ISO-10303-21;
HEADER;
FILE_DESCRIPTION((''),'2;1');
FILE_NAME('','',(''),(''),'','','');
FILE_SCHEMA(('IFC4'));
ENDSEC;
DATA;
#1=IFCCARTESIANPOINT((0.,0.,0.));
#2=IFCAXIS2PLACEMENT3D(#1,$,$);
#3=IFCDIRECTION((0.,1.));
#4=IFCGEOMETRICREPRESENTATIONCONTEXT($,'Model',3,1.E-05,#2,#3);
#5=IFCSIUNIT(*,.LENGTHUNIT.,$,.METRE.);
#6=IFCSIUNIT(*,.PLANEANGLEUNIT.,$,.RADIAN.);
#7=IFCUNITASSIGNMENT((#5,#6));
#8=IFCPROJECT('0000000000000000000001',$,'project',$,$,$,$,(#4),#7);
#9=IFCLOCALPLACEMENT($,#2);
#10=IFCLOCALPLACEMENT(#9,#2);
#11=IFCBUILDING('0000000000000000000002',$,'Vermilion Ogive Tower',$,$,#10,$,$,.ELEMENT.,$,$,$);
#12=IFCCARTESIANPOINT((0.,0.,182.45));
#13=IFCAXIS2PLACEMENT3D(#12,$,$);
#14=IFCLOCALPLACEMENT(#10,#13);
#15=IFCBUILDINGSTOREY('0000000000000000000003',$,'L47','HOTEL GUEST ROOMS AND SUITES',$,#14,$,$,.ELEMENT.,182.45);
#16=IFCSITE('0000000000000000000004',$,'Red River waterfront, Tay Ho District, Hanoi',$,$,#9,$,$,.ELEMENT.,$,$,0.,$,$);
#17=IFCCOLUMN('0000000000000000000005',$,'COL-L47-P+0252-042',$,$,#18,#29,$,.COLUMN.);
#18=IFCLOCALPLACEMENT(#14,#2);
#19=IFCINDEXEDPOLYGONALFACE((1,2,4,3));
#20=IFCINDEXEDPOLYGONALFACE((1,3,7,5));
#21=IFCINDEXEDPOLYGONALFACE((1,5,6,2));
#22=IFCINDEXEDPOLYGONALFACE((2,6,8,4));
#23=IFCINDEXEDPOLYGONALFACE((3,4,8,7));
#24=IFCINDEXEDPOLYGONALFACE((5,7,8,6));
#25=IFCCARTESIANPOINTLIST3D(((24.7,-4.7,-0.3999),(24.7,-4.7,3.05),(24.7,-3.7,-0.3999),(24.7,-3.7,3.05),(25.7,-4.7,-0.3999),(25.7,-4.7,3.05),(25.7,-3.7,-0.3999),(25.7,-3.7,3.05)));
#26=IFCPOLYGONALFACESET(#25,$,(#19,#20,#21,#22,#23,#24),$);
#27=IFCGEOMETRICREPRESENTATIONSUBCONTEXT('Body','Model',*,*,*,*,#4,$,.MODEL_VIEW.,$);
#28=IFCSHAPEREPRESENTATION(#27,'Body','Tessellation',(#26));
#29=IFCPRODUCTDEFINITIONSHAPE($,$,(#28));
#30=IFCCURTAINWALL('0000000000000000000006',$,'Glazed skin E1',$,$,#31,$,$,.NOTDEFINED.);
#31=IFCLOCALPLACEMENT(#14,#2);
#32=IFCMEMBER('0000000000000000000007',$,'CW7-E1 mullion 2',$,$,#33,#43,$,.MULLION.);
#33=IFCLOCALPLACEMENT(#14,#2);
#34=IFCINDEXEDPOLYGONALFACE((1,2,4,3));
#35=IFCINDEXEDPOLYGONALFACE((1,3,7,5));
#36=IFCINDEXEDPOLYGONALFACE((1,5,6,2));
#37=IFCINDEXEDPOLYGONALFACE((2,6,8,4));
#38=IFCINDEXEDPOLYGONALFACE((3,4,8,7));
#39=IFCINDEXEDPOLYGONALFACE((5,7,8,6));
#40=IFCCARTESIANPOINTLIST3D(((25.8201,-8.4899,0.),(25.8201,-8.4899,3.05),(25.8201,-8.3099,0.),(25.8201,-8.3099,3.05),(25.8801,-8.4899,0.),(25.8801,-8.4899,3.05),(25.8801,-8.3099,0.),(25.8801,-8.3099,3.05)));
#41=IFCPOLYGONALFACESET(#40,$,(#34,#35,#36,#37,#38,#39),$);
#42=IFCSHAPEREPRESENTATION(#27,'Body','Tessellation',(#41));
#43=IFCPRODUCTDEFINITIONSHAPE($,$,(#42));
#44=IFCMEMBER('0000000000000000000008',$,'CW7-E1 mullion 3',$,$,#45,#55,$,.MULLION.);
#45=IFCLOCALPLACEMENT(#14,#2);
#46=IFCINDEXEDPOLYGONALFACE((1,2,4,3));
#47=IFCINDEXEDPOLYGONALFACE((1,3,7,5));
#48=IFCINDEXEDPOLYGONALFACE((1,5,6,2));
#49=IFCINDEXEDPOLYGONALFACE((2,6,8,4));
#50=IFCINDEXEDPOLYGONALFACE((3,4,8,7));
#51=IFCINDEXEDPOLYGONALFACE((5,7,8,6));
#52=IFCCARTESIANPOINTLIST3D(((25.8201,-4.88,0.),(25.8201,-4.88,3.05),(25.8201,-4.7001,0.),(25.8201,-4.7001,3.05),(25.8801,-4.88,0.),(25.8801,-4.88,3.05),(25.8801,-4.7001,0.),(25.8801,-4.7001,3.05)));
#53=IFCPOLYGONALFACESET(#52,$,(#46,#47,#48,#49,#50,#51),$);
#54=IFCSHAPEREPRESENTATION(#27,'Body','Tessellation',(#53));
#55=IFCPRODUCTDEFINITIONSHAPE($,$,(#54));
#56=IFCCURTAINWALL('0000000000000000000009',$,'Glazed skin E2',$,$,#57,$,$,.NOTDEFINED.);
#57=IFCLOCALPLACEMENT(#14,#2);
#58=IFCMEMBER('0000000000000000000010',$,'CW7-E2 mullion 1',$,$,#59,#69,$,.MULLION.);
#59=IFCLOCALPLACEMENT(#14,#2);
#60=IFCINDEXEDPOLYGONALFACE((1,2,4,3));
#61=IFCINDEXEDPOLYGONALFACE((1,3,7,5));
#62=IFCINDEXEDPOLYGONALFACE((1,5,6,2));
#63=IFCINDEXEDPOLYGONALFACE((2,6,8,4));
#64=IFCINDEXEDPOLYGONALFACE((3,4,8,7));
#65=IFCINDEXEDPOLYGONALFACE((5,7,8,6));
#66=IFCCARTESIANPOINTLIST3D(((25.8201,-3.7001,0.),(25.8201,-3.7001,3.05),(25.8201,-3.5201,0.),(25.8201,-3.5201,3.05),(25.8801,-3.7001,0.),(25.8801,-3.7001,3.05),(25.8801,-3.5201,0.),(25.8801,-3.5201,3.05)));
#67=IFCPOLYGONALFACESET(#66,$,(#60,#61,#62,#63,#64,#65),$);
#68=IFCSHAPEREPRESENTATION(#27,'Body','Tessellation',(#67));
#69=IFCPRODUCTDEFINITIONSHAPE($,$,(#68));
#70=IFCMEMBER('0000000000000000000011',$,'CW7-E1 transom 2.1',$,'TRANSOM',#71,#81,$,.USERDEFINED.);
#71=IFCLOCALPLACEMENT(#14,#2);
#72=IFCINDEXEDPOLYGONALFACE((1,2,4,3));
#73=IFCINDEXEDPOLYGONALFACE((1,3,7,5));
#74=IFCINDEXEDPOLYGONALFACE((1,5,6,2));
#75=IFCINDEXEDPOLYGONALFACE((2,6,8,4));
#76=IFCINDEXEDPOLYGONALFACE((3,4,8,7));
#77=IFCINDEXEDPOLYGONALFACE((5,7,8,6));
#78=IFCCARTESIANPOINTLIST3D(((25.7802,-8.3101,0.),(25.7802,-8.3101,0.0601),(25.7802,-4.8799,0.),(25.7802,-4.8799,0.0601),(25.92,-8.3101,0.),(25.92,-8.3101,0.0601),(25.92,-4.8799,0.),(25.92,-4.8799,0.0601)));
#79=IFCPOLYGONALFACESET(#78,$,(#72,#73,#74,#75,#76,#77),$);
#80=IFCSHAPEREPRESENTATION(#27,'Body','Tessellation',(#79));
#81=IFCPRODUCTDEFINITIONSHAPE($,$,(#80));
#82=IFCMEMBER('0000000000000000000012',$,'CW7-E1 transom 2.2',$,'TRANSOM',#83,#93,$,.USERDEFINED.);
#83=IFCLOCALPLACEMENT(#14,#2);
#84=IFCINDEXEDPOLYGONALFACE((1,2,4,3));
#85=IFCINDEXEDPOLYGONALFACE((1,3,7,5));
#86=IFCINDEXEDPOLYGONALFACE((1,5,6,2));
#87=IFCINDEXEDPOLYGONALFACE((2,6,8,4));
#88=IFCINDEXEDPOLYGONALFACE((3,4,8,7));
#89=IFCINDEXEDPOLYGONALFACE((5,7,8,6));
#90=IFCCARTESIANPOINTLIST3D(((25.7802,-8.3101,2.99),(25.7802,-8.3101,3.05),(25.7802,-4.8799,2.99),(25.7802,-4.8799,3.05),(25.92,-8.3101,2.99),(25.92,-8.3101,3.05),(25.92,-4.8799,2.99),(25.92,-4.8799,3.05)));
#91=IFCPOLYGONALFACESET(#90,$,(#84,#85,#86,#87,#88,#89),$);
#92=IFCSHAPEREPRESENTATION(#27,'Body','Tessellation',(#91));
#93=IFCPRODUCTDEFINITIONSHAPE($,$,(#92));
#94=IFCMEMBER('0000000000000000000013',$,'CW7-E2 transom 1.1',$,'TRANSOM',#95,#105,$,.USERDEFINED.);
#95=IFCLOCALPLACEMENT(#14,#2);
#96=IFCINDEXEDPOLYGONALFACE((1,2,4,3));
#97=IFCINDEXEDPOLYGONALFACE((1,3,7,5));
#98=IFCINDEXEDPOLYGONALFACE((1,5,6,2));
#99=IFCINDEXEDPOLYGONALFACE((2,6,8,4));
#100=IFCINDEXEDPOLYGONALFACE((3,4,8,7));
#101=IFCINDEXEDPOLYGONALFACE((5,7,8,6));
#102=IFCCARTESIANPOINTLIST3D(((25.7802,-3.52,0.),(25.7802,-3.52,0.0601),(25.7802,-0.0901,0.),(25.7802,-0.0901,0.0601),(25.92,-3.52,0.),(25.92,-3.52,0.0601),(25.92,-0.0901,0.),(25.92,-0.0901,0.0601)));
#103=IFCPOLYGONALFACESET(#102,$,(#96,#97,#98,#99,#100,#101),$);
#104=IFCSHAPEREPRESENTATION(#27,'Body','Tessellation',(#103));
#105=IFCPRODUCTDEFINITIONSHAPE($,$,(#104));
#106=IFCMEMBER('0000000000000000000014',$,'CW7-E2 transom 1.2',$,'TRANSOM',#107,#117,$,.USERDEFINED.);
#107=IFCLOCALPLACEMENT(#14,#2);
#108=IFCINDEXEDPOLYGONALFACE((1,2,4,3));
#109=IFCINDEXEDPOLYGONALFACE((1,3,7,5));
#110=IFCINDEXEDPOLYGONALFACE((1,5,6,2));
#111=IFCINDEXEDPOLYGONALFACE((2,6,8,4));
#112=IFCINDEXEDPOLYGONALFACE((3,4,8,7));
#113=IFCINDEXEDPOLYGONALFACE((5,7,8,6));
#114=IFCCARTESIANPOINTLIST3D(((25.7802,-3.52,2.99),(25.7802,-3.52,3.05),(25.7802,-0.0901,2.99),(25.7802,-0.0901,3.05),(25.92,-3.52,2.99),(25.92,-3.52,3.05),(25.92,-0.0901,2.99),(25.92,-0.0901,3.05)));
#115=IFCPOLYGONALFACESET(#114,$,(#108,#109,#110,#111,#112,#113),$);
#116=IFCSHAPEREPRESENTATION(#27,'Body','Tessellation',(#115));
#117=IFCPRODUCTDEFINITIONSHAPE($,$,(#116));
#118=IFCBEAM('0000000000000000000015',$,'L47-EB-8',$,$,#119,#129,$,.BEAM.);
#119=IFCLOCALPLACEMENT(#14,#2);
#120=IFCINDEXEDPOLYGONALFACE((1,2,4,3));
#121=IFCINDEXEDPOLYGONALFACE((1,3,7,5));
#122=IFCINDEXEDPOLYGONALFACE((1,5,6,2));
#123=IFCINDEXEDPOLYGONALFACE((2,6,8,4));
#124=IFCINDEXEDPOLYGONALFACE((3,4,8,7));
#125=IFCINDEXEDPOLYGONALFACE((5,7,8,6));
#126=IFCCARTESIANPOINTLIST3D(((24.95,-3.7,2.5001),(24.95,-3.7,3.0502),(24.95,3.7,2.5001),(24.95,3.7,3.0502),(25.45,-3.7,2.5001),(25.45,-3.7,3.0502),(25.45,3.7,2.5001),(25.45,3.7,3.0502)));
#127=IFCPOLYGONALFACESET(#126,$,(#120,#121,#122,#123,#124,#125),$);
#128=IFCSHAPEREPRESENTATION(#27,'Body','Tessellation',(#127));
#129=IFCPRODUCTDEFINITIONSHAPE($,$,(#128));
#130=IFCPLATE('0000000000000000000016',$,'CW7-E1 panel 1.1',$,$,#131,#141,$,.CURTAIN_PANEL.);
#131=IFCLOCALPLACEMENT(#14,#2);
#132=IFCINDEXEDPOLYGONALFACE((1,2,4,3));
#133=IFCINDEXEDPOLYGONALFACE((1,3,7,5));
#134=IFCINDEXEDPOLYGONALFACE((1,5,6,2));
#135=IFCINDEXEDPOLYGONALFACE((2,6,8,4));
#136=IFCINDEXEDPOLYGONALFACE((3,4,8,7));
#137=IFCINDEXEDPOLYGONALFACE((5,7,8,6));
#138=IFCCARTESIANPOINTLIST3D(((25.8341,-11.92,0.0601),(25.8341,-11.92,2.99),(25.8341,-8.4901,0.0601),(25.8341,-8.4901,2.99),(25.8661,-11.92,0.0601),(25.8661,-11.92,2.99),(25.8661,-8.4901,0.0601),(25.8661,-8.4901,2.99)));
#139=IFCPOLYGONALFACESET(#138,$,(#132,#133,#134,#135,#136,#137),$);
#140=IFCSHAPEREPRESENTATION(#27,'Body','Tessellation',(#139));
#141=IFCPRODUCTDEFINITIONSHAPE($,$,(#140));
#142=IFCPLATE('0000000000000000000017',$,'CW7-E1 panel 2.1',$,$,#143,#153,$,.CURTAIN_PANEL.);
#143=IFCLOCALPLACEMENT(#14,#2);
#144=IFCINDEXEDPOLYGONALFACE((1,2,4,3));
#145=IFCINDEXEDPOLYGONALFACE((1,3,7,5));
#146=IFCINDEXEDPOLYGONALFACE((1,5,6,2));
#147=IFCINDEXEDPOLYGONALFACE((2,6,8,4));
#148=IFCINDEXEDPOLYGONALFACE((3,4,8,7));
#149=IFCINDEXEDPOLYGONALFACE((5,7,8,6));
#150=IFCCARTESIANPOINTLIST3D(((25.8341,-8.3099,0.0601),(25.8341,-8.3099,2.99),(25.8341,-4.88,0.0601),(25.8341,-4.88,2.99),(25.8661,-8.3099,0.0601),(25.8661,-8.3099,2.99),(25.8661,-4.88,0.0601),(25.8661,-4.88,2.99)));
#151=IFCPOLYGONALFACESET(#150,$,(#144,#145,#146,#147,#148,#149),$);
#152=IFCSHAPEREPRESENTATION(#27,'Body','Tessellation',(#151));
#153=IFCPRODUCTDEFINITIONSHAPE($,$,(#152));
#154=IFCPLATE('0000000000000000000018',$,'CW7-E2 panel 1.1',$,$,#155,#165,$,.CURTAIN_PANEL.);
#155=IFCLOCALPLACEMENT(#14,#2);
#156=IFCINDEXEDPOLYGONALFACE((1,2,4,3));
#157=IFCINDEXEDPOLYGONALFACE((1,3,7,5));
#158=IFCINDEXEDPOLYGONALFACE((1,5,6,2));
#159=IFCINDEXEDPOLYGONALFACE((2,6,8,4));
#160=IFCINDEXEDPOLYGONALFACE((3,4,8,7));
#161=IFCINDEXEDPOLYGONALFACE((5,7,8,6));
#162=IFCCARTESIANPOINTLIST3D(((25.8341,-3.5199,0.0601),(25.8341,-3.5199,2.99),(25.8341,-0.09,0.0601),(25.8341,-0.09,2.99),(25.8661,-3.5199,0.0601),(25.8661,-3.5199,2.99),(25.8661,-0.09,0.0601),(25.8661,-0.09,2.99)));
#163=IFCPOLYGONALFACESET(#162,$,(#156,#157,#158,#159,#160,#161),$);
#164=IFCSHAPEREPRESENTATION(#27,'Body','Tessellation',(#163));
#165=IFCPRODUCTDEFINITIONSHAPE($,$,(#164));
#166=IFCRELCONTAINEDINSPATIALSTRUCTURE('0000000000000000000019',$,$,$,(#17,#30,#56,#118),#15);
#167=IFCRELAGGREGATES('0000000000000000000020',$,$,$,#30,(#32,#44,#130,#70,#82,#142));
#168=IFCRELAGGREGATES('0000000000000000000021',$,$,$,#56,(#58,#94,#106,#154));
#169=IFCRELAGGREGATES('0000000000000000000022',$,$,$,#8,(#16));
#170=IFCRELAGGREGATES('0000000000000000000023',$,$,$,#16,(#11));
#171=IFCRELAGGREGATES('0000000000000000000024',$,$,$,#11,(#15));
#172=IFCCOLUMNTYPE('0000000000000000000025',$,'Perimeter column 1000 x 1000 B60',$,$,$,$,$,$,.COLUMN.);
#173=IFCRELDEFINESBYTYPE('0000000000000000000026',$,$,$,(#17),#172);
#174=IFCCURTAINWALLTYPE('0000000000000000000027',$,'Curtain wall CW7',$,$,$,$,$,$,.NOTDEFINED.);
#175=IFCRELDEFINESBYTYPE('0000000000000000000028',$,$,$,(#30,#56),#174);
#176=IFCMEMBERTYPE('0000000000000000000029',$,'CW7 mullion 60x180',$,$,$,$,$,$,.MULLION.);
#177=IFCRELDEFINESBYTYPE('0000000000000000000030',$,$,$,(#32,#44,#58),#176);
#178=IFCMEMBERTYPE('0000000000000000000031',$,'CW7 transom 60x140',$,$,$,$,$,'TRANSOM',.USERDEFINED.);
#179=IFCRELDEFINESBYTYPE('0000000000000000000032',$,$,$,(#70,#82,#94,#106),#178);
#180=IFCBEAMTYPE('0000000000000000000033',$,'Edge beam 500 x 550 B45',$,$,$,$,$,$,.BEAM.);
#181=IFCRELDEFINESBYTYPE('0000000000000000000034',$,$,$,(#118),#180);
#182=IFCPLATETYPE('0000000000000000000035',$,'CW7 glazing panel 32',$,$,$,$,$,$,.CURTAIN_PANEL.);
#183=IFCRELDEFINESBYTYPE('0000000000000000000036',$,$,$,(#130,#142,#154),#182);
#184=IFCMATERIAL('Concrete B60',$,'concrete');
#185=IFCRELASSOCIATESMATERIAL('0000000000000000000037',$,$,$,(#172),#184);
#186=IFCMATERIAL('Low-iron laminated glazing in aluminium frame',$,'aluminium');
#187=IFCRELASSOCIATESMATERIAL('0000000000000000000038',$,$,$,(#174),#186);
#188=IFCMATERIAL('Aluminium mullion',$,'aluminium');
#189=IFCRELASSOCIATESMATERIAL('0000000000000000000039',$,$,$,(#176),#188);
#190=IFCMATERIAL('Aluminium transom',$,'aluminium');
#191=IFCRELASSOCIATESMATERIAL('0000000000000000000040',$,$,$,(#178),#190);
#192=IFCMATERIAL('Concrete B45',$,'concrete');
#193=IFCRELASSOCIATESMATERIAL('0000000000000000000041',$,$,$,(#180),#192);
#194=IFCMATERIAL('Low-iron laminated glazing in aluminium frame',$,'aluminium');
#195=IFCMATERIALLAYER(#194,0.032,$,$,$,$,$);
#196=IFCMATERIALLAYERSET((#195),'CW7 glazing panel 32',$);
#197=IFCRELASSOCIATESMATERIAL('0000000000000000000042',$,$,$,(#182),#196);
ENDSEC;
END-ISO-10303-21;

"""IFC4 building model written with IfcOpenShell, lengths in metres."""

from ifc_helpers import new_model, si_unit, direction, frame, origin, origin_2d, place, context, subcontext, project, spatial, rectangle, extrude, material, layer, layer_set, material_profile, profile_set, type_object, element, aggregate, save


model = new_model("IFC4")

# Units and contexts
model_context = context("Model", 3, precision=1e-05, world=origin(), true_north=direction((0.0, 1.0)))
body_context = subcontext(model_context, "Body", "Model", "MODEL_VIEW")
ifc_project = project(units=[si_unit("LENGTHUNIT", "METRE"), si_unit("PLANEANGLEUNIT", "RADIAN")], contexts=[model_context])

# Site, building, storey
site_placement = place(None, origin())
site = spatial("IfcSite", under=ifc_project, at=site_placement, Name="Red River waterfront, Tay Ho District, Hanoi", CompositionType="ELEMENT", RefElevation=0.0)
building_placement = place(site_placement, origin())
building = spatial("IfcBuilding", under=site, at=building_placement, Name="Vermilion Ogive Tower", CompositionType="ELEMENT")
storey_placement = place(building_placement, frame((0.0, 0.0, 182.45)))
storey = spatial("IfcBuildingStorey", under=building, at=storey_placement, Name="L47", Description="HOTEL GUEST ROOMS AND SUITES", CompositionType="ELEMENT", Elevation=182.45)

# Column
ifc_material_1 = material(Name="Concrete B60", Category="concrete")
ifc_material_profile_1 = material_profile(ifc_material_1, rectangle(XDim=1.0, YDim=1.0, at=origin_2d()), Name="1000 x 1000")
ifc_profile_set_1 = profile_set([ifc_material_profile_1], Name="Concrete B60")
column_type = type_object("IfcColumnType", Name="Perimeter column 1000 x 1000 B60", PredefinedType="COLUMN", material=ifc_profile_set_1)
column_placement = place(storey_placement, frame((25.2, -4.2, -0.3999), z_axis=(0.0, 0.0, 1.0), x_axis=(1.0, 0.0, 0.0)))
element("IfcColumn", 1, at=column_placement, inside=storey, type_object=column_type, Name="COL-L47-P+0252-042", PredefinedType="COLUMN", context=body_context, shape_type="SweptSolid", body=[
    extrude(rectangle(XDim=1.0, YDim=1.0, at=origin_2d()), origin(), (0.0, 0.0, 1.0), 3.45),
])

# Curtain wall, members
ifc_material_2 = material(Name="Low-iron laminated glazing in aluminium frame", Category="aluminium")
curtain_wall_type = type_object("IfcCurtainWallType", Name="Curtain wall CW7", PredefinedType="NOTDEFINED", material=ifc_material_2)
curtain_wall_1_placement = place(storey_placement, origin())
curtain_wall_1 = element("IfcCurtainWall", 2, at=curtain_wall_1_placement, inside=storey, type_object=curtain_wall_type, Name="Glazed skin E1", PredefinedType="NOTDEFINED")
ifc_material_3 = material(Name="Aluminium mullion", Category="aluminium")
ifc_material_profile_2 = material_profile(ifc_material_3, rectangle(XDim=0.0601, YDim=0.1799, at=origin_2d()), Name="AL 60x180")
ifc_profile_set_2 = profile_set([ifc_material_profile_2], Name="Aluminium mullion")
member_type_1 = type_object("IfcMemberType", Name="CW7 mullion 60x180", PredefinedType="MULLION", material=ifc_profile_set_2)
member_1_placement = place(storey_placement, frame((25.8501, -8.3999, 0.0), z_axis=(0.0, 0.0, 1.0), x_axis=(-1.0, 0.0, 0.0)))
member_1 = element("IfcMember", 3, at=member_1_placement, type_object=member_type_1, Name="CW7-E1 mullion 2", PredefinedType="MULLION", context=body_context, shape_type="SweptSolid", body=[
    extrude(rectangle(XDim=0.0601, YDim=0.1799, at=origin_2d()), origin(), (0.0, 0.0, 1.0), 3.05),
])
member_2_placement = place(storey_placement, frame((25.8501, -4.79, 0.0), z_axis=(0.0, 0.0, 1.0), x_axis=(-1.0, 0.0, 0.0)))
member_2 = element("IfcMember", 4, at=member_2_placement, type_object=member_type_1, Name="CW7-E1 mullion 3", PredefinedType="MULLION", context=body_context, shape_type="SweptSolid", body=[
    extrude(rectangle(XDim=0.0601, YDim=0.1799, at=origin_2d()), origin(), (0.0, 0.0, 1.0), 3.05),
])

# Curtain wall, member
curtain_wall_2_placement = place(storey_placement, origin())
curtain_wall_2 = element("IfcCurtainWall", 5, at=curtain_wall_2_placement, inside=storey, type_object=curtain_wall_type, Name="Glazed skin E2", PredefinedType="NOTDEFINED")
member_3_placement = place(storey_placement, frame((25.8501, -3.6101, 0.0), z_axis=(0.0, 0.0, 1.0), x_axis=(-1.0, 0.0, 0.0)))
member_3 = element("IfcMember", 6, at=member_3_placement, type_object=member_type_1, Name="CW7-E2 mullion 1", PredefinedType="MULLION", context=body_context, shape_type="SweptSolid", body=[
    extrude(rectangle(XDim=0.0601, YDim=0.1799, at=origin_2d()), origin(), (0.0, 0.0, 1.0), 3.05),
])

# Members
ifc_material_4 = material(Name="Aluminium transom", Category="aluminium")
ifc_material_profile_3 = material_profile(ifc_material_4, rectangle(XDim=0.1399, YDim=0.0601, at=origin_2d()), Name="AL 60x140")
ifc_profile_set_3 = profile_set([ifc_material_profile_3], Name="Aluminium transom")
member_type_2 = type_object("IfcMemberType", Name="CW7 transom 60x140", ElementType="TRANSOM", PredefinedType="USERDEFINED", material=ifc_profile_set_3)
member_4_placement = place(storey_placement, frame((25.8501, -8.3101, 0.03), z_axis=(0.0, 1.0, 0.0), x_axis=(-1.0, 0.0, 0.0)))
member_4 = element("IfcMember", 7, at=member_4_placement, type_object=member_type_2, Name="CW7-E1 transom 2.1", ObjectType="TRANSOM", PredefinedType="USERDEFINED", context=body_context, shape_type="SweptSolid", body=[
    extrude(rectangle(XDim=0.1399, YDim=0.0601, at=origin_2d()), origin(), (0.0, 0.0, 1.0), 3.4302),
])
member_5_placement = place(storey_placement, frame((25.8501, -8.3101, 3.02), z_axis=(0.0, 1.0, 0.0), x_axis=(-1.0, 0.0, 0.0)))
member_5 = element("IfcMember", 8, at=member_5_placement, type_object=member_type_2, Name="CW7-E1 transom 2.2", ObjectType="TRANSOM", PredefinedType="USERDEFINED", context=body_context, shape_type="SweptSolid", body=[
    extrude(rectangle(XDim=0.1399, YDim=0.0601, at=origin_2d()), origin(), (0.0, 0.0, 1.0), 3.4302),
])
member_6_placement = place(storey_placement, frame((25.8501, -3.52, 0.03), z_axis=(0.0, 1.0, 0.0), x_axis=(-1.0, 0.0, 0.0)))
member_6 = element("IfcMember", 9, at=member_6_placement, type_object=member_type_2, Name="CW7-E2 transom 1.1", ObjectType="TRANSOM", PredefinedType="USERDEFINED", context=body_context, shape_type="SweptSolid", body=[
    extrude(rectangle(XDim=0.1399, YDim=0.0601, at=origin_2d()), origin(), (0.0, 0.0, 1.0), 3.4299),
])
member_7_placement = place(storey_placement, frame((25.8501, -3.52, 3.02), z_axis=(0.0, 1.0, 0.0), x_axis=(-1.0, 0.0, 0.0)))
member_7 = element("IfcMember", 10, at=member_7_placement, type_object=member_type_2, Name="CW7-E2 transom 1.2", ObjectType="TRANSOM", PredefinedType="USERDEFINED", context=body_context, shape_type="SweptSolid", body=[
    extrude(rectangle(XDim=0.1399, YDim=0.0601, at=origin_2d()), origin(), (0.0, 0.0, 1.0), 3.4299),
])

# Beam
ifc_material_5 = material(Name="Concrete B45", Category="concrete")
ifc_material_profile_4 = material_profile(ifc_material_5, rectangle(XDim=0.5, YDim=0.55, at=origin_2d()), Name="500 x 550")
ifc_profile_set_4 = profile_set([ifc_material_profile_4], Name="Concrete B45")
beam_type = type_object("IfcBeamType", Name="Edge beam 500 x 550 B45", PredefinedType="BEAM", material=ifc_profile_set_4)
beam_placement = place(storey_placement, frame((25.2, -3.7, 2.7751), z_axis=(0.0, 1.0, 0.0), x_axis=(-1.0, 0.0, 0.0)))
element("IfcBeam", 11, at=beam_placement, inside=storey, type_object=beam_type, Name="L47-EB-8", PredefinedType="BEAM", context=body_context, shape_type="SweptSolid", body=[
    extrude(rectangle(XDim=0.5, YDim=0.55, at=origin_2d()), origin(), (0.0, 0.0, 1.0), 7.3999),
])

# Plates
ifc_material_6 = material(Name="Low-iron laminated glazing in aluminium frame", Category="aluminium")
ifc_layer = layer(ifc_material_6, 0.032)
ifc_layer_set = layer_set([ifc_layer], Name="CW7 glazing panel 32")
plate_type = type_object("IfcPlateType", Name="CW7 glazing panel 32", PredefinedType="CURTAIN_PANEL", material=ifc_layer_set)
plate_1_placement = place(storey_placement, frame((25.8501, -10.2051, 0.0601), z_axis=(0.0, 0.0, 1.0), x_axis=(0.0, 1.0, 0.0)))
plate_1 = element("IfcPlate", 12, at=plate_1_placement, type_object=plate_type, Name="CW7-E1 panel 1.1", PredefinedType="CURTAIN_PANEL", context=body_context, shape_type="SweptSolid", body=[
    extrude(rectangle(XDim=3.4299, YDim=0.032, at=origin_2d()), origin(), (0.0, 0.0, 1.0), 2.9299),
])
plate_2_placement = place(storey_placement, frame((25.8501, -6.595, 0.0601), z_axis=(0.0, 0.0, 1.0), x_axis=(0.0, 1.0, 0.0)))
plate_2 = element("IfcPlate", 13, at=plate_2_placement, type_object=plate_type, Name="CW7-E1 panel 2.1", PredefinedType="CURTAIN_PANEL", context=body_context, shape_type="SweptSolid", body=[
    extrude(rectangle(XDim=3.4299, YDim=0.032, at=origin_2d()), origin(), (0.0, 0.0, 1.0), 2.9299),
])
aggregate(curtain_wall_1, [member_1, member_2, plate_1, member_4, member_5, plate_2])
plate_3_placement = place(storey_placement, frame((25.8501, -1.8049, 0.0601), z_axis=(0.0, 0.0, 1.0), x_axis=(0.0, 1.0, 0.0)))
plate_3 = element("IfcPlate", 14, at=plate_3_placement, type_object=plate_type, Name="CW7-E2 panel 1.1", PredefinedType="CURTAIN_PANEL", context=body_context, shape_type="SweptSolid", body=[
    extrude(rectangle(XDim=3.4299, YDim=0.032, at=origin_2d()), origin(), (0.0, 0.0, 1.0), 2.9299),
])
aggregate(curtain_wall_2, [member_3, member_6, member_7, plate_3])

save(model, "model.ifc")
